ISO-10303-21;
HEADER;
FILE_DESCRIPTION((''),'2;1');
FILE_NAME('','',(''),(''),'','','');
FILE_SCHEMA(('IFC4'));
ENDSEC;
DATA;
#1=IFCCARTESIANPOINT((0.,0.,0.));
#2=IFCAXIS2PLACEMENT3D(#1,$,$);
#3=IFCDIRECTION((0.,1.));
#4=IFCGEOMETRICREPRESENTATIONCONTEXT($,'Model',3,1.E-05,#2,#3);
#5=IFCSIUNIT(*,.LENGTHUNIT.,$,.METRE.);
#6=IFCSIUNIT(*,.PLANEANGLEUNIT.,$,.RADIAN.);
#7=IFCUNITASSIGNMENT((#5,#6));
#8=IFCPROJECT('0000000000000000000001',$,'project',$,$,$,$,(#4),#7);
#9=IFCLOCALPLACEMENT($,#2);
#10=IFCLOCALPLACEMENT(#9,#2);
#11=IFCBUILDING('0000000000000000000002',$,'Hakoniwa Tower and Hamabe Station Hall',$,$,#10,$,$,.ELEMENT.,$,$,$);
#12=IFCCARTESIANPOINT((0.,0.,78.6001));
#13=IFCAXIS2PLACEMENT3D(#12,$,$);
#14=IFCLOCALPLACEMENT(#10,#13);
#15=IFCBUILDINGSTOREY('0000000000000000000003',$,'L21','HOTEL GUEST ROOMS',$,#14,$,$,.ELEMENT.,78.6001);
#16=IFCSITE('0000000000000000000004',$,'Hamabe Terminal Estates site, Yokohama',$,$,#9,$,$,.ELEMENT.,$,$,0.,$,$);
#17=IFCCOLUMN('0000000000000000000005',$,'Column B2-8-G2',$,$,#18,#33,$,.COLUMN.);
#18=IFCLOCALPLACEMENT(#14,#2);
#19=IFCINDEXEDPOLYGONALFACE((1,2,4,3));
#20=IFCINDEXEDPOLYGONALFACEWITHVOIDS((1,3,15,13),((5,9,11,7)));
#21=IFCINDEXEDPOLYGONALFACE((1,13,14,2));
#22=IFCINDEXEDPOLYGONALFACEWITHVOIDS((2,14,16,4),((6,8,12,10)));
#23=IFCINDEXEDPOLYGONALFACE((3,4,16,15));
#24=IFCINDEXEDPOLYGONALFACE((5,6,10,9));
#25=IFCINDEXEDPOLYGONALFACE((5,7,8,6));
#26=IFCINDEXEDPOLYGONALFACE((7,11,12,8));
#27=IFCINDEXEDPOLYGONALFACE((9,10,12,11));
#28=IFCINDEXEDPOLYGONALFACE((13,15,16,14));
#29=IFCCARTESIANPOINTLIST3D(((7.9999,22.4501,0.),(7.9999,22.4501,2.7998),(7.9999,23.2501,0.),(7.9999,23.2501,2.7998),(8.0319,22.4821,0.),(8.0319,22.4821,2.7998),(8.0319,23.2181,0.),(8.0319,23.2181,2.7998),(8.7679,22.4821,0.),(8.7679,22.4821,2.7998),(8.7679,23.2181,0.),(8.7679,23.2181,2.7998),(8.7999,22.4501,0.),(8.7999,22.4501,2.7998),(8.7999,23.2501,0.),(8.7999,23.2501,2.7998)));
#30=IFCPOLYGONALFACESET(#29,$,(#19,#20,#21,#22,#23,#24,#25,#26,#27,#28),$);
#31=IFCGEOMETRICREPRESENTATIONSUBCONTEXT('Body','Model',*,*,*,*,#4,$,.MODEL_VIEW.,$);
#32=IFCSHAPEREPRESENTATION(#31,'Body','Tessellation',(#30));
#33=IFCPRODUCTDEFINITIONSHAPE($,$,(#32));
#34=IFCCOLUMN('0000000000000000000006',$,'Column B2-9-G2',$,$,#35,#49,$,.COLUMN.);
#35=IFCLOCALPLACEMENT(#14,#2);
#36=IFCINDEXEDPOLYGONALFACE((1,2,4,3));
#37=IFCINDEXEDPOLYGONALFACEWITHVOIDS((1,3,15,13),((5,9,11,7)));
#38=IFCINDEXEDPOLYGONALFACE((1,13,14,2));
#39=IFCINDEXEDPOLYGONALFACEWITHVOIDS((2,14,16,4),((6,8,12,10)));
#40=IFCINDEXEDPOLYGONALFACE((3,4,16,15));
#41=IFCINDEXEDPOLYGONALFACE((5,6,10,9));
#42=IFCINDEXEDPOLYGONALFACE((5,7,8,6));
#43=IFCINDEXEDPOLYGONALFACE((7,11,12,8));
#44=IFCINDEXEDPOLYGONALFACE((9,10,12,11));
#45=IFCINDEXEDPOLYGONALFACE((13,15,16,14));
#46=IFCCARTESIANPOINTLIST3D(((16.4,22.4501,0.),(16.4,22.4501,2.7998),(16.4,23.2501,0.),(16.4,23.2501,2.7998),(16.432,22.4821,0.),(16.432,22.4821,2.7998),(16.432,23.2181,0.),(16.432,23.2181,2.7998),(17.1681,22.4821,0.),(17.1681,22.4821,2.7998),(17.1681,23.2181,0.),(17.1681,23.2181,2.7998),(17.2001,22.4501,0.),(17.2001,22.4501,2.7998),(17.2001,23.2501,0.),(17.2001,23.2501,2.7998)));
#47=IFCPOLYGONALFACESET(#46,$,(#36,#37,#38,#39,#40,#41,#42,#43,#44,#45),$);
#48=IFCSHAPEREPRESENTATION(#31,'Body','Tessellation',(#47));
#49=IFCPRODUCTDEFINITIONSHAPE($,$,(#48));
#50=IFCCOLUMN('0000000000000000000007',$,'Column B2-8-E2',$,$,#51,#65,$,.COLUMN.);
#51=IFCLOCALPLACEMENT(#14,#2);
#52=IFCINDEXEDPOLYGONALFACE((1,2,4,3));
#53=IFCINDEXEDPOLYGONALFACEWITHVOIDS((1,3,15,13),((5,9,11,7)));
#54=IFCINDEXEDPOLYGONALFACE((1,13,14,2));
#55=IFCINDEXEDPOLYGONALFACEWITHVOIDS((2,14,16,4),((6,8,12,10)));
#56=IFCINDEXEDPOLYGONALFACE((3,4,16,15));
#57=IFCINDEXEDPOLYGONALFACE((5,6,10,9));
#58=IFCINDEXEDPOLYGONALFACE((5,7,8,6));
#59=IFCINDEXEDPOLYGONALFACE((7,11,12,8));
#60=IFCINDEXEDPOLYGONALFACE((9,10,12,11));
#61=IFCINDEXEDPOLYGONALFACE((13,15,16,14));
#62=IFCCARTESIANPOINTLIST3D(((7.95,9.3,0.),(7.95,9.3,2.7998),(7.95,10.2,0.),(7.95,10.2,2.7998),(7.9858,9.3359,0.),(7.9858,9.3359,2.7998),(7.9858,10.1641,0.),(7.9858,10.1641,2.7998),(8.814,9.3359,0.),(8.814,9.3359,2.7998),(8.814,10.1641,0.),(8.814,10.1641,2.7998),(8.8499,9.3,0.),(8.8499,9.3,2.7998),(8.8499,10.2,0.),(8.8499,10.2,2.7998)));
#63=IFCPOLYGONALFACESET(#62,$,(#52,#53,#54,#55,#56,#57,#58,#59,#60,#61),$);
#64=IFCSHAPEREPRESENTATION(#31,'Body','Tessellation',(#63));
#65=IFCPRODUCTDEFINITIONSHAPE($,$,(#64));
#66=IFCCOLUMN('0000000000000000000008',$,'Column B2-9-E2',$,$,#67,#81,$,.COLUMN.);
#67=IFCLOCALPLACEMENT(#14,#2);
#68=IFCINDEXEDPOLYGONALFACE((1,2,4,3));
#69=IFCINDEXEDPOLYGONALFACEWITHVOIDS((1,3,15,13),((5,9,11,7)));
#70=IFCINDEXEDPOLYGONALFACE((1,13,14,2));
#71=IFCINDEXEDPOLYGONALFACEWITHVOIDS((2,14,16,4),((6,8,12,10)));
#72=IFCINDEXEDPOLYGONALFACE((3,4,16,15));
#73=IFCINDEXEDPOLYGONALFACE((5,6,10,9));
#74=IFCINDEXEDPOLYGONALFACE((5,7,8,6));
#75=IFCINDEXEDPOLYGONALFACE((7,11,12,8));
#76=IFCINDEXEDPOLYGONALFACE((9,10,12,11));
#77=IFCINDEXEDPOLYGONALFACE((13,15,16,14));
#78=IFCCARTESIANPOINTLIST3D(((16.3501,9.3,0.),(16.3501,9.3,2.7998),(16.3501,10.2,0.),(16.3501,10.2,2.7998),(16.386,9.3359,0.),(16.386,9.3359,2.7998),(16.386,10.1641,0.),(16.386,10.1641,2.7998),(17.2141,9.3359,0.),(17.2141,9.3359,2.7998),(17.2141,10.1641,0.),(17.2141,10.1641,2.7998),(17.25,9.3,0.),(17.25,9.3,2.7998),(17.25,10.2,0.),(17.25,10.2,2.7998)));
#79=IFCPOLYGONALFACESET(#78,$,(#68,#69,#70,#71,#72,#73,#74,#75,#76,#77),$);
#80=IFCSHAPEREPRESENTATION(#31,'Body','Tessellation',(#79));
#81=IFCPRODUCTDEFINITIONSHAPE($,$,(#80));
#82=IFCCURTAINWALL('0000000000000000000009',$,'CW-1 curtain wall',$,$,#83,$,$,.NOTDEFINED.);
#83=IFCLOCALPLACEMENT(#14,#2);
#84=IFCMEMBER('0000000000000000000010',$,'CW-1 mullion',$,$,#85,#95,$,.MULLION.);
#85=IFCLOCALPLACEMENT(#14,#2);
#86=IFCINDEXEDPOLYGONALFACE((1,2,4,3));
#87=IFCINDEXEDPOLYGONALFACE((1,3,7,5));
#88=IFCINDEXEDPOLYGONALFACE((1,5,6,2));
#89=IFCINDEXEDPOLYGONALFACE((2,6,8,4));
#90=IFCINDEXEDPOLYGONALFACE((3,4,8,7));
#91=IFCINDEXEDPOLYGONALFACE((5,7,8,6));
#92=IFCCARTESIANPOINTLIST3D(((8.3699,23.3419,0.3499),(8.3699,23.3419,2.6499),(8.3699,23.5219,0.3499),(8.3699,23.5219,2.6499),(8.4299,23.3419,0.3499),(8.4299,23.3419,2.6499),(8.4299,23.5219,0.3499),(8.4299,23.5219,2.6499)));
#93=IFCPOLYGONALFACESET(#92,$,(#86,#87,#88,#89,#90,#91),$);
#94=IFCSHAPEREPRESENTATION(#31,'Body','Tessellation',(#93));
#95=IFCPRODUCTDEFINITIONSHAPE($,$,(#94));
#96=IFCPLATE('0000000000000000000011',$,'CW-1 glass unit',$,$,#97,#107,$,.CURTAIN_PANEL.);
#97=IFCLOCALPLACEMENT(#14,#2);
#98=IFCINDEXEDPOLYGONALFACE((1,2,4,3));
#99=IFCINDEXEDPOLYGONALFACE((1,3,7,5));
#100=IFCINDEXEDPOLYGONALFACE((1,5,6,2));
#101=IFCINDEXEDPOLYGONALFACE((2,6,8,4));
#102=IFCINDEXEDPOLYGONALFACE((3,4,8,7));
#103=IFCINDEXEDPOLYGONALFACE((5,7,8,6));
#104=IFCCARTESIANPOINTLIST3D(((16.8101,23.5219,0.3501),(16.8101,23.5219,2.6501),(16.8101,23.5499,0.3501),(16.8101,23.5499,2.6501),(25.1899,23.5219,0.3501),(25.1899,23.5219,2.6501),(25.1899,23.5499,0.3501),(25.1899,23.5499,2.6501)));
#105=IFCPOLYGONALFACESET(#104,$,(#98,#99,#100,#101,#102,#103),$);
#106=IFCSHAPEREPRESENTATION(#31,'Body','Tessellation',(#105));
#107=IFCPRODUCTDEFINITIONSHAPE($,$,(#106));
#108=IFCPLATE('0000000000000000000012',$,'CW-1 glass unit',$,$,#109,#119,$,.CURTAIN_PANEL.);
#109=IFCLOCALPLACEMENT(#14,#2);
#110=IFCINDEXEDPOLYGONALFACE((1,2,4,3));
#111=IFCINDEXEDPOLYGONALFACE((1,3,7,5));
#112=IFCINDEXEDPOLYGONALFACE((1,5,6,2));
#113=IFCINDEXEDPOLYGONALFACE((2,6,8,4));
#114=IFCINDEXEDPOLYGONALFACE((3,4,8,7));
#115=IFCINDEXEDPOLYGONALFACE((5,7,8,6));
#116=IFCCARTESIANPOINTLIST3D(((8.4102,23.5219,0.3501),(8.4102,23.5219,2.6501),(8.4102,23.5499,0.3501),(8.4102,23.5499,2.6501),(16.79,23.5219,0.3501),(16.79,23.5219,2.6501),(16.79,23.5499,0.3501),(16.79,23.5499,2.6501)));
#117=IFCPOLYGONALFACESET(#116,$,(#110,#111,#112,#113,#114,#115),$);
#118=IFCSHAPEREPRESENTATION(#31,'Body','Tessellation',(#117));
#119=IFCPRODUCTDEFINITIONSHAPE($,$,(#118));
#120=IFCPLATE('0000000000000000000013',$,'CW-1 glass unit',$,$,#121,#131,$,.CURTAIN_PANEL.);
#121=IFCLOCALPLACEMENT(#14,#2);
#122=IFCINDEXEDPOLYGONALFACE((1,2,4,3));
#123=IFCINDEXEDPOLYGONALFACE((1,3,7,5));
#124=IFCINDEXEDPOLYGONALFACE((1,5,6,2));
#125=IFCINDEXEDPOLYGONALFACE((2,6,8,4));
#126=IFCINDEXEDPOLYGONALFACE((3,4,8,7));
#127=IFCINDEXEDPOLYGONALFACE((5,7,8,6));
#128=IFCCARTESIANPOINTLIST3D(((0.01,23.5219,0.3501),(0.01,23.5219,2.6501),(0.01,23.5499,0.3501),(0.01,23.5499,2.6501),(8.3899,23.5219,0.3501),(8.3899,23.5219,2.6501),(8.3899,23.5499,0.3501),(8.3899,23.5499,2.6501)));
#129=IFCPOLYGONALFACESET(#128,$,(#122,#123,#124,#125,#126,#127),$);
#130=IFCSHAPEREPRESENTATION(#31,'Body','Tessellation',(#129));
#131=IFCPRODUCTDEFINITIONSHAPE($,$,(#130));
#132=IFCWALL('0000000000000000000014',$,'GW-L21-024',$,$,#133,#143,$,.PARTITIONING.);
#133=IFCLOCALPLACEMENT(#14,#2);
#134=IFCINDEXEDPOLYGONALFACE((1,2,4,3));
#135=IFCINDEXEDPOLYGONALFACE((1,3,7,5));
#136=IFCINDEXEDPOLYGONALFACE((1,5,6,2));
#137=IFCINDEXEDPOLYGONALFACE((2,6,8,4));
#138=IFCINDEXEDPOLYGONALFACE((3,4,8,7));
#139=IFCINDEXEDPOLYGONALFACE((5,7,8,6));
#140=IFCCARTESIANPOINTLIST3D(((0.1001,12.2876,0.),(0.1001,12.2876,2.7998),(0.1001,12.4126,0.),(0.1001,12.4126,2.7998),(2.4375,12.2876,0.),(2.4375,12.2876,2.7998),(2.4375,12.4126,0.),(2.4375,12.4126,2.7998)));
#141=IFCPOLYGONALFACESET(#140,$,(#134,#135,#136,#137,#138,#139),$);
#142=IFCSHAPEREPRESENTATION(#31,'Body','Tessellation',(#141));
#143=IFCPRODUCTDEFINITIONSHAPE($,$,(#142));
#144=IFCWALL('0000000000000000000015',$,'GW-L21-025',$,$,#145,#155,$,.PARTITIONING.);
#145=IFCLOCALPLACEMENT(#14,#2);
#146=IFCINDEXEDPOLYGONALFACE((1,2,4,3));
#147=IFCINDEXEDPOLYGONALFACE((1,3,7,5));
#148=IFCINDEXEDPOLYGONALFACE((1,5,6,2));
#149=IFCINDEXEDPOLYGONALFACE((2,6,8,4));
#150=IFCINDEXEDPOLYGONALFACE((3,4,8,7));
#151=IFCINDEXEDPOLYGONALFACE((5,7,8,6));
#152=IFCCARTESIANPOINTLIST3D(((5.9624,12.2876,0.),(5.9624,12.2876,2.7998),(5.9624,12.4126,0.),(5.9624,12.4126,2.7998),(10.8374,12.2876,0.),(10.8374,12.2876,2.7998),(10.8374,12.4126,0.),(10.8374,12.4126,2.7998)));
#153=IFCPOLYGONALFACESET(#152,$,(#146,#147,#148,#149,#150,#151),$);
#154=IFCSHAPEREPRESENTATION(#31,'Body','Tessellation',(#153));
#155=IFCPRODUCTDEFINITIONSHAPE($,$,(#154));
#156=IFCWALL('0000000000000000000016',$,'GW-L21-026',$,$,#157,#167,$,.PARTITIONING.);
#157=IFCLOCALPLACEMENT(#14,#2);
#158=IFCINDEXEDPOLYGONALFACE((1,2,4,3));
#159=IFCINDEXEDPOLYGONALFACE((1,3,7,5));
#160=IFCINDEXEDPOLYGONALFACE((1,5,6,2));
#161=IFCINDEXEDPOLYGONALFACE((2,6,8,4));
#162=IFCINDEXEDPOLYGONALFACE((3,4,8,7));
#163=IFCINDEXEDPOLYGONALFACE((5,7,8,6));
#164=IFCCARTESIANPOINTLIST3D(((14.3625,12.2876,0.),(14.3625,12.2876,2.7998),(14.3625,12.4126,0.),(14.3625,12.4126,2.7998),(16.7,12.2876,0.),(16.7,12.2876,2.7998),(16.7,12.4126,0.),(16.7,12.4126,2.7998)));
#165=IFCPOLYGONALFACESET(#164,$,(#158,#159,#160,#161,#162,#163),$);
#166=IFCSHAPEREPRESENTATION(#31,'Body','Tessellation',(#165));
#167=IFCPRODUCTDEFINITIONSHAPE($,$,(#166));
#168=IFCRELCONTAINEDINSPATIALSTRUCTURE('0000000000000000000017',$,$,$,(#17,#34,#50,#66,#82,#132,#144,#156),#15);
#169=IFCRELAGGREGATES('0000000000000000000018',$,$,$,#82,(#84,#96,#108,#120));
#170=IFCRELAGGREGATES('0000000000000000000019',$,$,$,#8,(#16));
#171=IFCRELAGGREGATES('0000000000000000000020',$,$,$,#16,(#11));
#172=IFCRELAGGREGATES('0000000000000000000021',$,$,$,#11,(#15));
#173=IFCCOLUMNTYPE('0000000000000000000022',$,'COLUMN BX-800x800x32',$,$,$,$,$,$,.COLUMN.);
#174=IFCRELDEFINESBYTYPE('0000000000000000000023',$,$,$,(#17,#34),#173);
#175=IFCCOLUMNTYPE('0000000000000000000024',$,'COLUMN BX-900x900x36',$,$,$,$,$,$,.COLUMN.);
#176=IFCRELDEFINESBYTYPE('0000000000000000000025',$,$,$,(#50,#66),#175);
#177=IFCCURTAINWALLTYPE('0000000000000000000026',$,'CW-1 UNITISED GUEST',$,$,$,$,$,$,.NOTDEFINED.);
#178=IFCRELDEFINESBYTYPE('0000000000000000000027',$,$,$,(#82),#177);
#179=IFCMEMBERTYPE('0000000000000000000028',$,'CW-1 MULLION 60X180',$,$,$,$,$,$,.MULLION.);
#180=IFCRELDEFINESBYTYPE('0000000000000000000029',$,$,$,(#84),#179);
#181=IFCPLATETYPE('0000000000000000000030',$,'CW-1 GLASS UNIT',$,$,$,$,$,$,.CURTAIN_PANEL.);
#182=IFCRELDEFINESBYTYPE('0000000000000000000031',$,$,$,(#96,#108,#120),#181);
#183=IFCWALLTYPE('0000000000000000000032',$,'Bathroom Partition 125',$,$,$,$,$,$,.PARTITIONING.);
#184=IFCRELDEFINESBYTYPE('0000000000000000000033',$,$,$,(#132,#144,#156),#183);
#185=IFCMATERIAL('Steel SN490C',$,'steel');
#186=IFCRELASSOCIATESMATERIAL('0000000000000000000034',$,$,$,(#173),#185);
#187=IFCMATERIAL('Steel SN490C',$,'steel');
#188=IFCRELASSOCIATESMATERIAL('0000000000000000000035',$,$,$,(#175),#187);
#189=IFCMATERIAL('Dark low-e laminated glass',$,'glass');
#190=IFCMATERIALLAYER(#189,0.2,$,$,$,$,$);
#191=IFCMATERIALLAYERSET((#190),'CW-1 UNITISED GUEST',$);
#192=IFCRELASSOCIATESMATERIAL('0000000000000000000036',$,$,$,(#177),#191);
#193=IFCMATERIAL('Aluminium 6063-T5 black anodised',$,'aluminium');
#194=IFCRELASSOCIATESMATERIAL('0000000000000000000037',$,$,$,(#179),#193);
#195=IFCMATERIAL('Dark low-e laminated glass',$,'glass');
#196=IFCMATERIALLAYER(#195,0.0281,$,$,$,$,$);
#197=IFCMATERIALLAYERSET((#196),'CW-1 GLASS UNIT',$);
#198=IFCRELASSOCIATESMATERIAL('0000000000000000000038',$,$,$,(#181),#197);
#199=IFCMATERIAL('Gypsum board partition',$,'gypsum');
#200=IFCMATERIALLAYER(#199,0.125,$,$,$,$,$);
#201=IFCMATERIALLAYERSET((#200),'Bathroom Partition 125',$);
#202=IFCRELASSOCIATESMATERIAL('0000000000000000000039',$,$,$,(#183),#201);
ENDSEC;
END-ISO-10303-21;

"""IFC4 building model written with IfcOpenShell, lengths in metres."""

from ifc_helpers import new_model, si_unit, direction, frame, frame_2d, origin, origin_2d, place, context, subcontext, project, spatial, rectangle, hollow_rectangle, extrude, material, layer, layer_set, material_profile, profile_set, type_object, element, aggregate, save


model = new_model("IFC4")

# Units and contexts
model_context = context("Model", 3, precision=1e-05, world=origin(), true_north=direction((0.0, 1.0)))
body_context = subcontext(model_context, "Body", "Model", "MODEL_VIEW")
ifc_project = project(units=[si_unit("LENGTHUNIT", "METRE"), si_unit("PLANEANGLEUNIT", "RADIAN")], contexts=[model_context])

# Site, building, storey
site_placement = place(None, origin())
site = spatial("IfcSite", under=ifc_project, at=site_placement, Name="Hamabe Terminal Estates site, Yokohama", CompositionType="ELEMENT", RefElevation=0.0)
building_placement = place(site_placement, origin())
building = spatial("IfcBuilding", under=site, at=building_placement, Name="Hakoniwa Tower and Hamabe Station Hall", CompositionType="ELEMENT")
storey_placement = place(building_placement, frame((0.0, 0.0, 78.6001)))
storey = spatial("IfcBuildingStorey", under=building, at=storey_placement, Name="L21", Description="HOTEL GUEST ROOMS", CompositionType="ELEMENT", Elevation=78.6001)

# Columns
ifc_material_1 = material(Name="Steel SN490C", Category="steel")
ifc_material_profile_1 = material_profile(ifc_material_1, hollow_rectangle(XDim=0.8, YDim=0.8, WallThickness=0.032, at=origin_2d()), Name="BX-800x800x32")
ifc_profile_set_1 = profile_set([ifc_material_profile_1], Name="Steel SN490C")
column_type_1 = type_object("IfcColumnType", Name="COLUMN BX-800x800x32", PredefinedType="COLUMN", material=ifc_profile_set_1)
for number, where, z_axis, x_axis, name in (
    (1, (8.3999, 22.8501, 0.0), (0.0, 0.0, 1.0), (1.0, 0.0, 0.0), "Column B2-8-G2"),
    (2, (16.8, 22.8501, 0.0), (0.0, 0.0, 1.0), (1.0, 0.0, 0.0), "Column B2-9-G2"),
):
    element("IfcColumn", number, at=place(storey_placement, frame(where, z_axis=z_axis, x_axis=x_axis)), inside=storey, type_object=column_type_1, Name=name, PredefinedType="COLUMN", context=body_context, shape_type="SweptSolid", body=[
        extrude(hollow_rectangle(XDim=0.8, YDim=0.8, WallThickness=0.032, at=origin_2d()), origin(), (0.0, 0.0, 1.0), 2.7998),
    ])
ifc_material_2 = material(Name="Steel SN490C", Category="steel")
ifc_material_profile_2 = material_profile(ifc_material_2, hollow_rectangle(XDim=0.8999, YDim=0.8999, WallThickness=0.0359, at=origin_2d()), Name="BX-900x900x36")
ifc_profile_set_2 = profile_set([ifc_material_profile_2], Name="Steel SN490C")
column_type_2 = type_object("IfcColumnType", Name="COLUMN BX-900x900x36", PredefinedType="COLUMN", material=ifc_profile_set_2)
for number, where, z_axis, x_axis, name in (
    (3, (8.3999, 9.75, 0.0), (0.0, 0.0, 1.0), (1.0, 0.0, 0.0), "Column B2-8-E2"),
    (4, (16.8, 9.75, 0.0), (0.0, 0.0, 1.0), (1.0, 0.0, 0.0), "Column B2-9-E2"),
):
    element("IfcColumn", number, at=place(storey_placement, frame(where, z_axis=z_axis, x_axis=x_axis)), inside=storey, type_object=column_type_2, Name=name, PredefinedType="COLUMN", context=body_context, shape_type="SweptSolid", body=[
        extrude(hollow_rectangle(XDim=0.8999, YDim=0.8999, WallThickness=0.0359, at=origin_2d()), origin(), (0.0, 0.0, 1.0), 2.7998),
    ])

# Curtain wall, member, plates
ifc_material_3 = material(Name="Dark low-e laminated glass", Category="glass")
ifc_layer_1 = layer(ifc_material_3, 0.2)
ifc_layer_set_1 = layer_set([ifc_layer_1], Name="CW-1 UNITISED GUEST")
curtain_wall_type = type_object("IfcCurtainWallType", Name="CW-1 UNITISED GUEST", PredefinedType="NOTDEFINED", material=ifc_layer_set_1)
curtain_wall_placement = place(storey_placement, origin())
curtain_wall = element("IfcCurtainWall", 5, at=curtain_wall_placement, inside=storey, type_object=curtain_wall_type, Name="CW-1 curtain wall", PredefinedType="NOTDEFINED")
ifc_material_4 = material(Name="Aluminium 6063-T5 black anodised", Category="aluminium")
ifc_material_profile_3 = material_profile(ifc_material_4, rectangle(XDim=0.0601, YDim=0.1799, at=origin_2d()), Name="CW-1 MULLION 60X180")
ifc_profile_set_3 = profile_set([ifc_material_profile_3], Name="Aluminium 6063-T5 black anodised")
member_type = type_object("IfcMemberType", Name="CW-1 MULLION 60X180", PredefinedType="MULLION", material=ifc_profile_set_3)
member_placement = place(storey_placement, frame((8.3999, 23.4319, 0.3499), z_axis=(0.0, 0.0, 1.0), x_axis=(-1.0, 0.0, 0.0)))
member = element("IfcMember", 6, at=member_placement, type_object=member_type, Name="CW-1 mullion", PredefinedType="MULLION", context=body_context, shape_type="SweptSolid", body=[
    extrude(rectangle(XDim=0.0601, YDim=0.1799, at=origin_2d()), origin(), (0.0, 0.0, 1.0), 2.3),
])
ifc_material_5 = material(Name="Dark low-e laminated glass", Category="glass")
ifc_layer_2 = layer(ifc_material_5, 0.0281)
ifc_layer_set_2 = layer_set([ifc_layer_2], Name="CW-1 GLASS UNIT")
plate_type = type_object("IfcPlateType", Name="CW-1 GLASS UNIT", PredefinedType="CURTAIN_PANEL", material=ifc_layer_set_2)
plate_1_placement = place(storey_placement, frame((21.0, 23.5359, 0.3501), z_axis=(0.0, 0.0, 1.0), x_axis=(-1.0, 0.0, 0.0)))
plate_1 = element("IfcPlate", 7, at=plate_1_placement, type_object=plate_type, Name="CW-1 glass unit", PredefinedType="CURTAIN_PANEL", context=body_context, shape_type="SweptSolid", body=[
    extrude(rectangle(XDim=8.3799, YDim=0.0281, at=origin_2d()), origin(), (0.0, 0.0, 1.0), 2.3),
])
plate_2_placement = place(storey_placement, frame((12.6001, 23.5359, 0.3501), z_axis=(0.0, 0.0, 1.0), x_axis=(-1.0, 0.0, 0.0)))
plate_2 = element("IfcPlate", 8, at=plate_2_placement, type_object=plate_type, Name="CW-1 glass unit", PredefinedType="CURTAIN_PANEL", context=body_context, shape_type="SweptSolid", body=[
    extrude(rectangle(XDim=8.3799, YDim=0.0281, at=origin_2d()), origin(), (0.0, 0.0, 1.0), 2.3),
])
plate_3_placement = place(storey_placement, frame((4.2, 23.5359, 0.3501), z_axis=(0.0, 0.0, 1.0), x_axis=(-1.0, 0.0, 0.0)))
plate_3 = element("IfcPlate", 9, at=plate_3_placement, type_object=plate_type, Name="CW-1 glass unit", PredefinedType="CURTAIN_PANEL", context=body_context, shape_type="SweptSolid", body=[
    extrude(rectangle(XDim=8.3799, YDim=0.0281, at=origin_2d()), origin(), (0.0, 0.0, 1.0), 2.3),
])
aggregate(curtain_wall, [member, plate_1, plate_2, plate_3])

# Walls
ifc_material_6 = material(Name="Gypsum board partition", Category="gypsum")
ifc_layer_3 = layer(ifc_material_6, 0.125)
ifc_layer_set_3 = layer_set([ifc_layer_3], Name="Bathroom Partition 125")
wall_type_1 = type_object("IfcWallType", Name="Bathroom Partition 125", PredefinedType="PARTITIONING", material=ifc_layer_set_3)
wall_1_placement = place(storey_placement, frame((0.1001, 12.3501, 0.0), z_axis=(0.0, 0.0, 1.0), x_axis=(1.0, 0.0, 0.0)))
element("IfcWall", 10, at=wall_1_placement, inside=storey, type_object=wall_type_1, Name="GW-L21-024", PredefinedType="PARTITIONING", context=body_context, shape_type="SweptSolid", body=[
    extrude(rectangle(XDim=2.3374, YDim=0.125, at=frame_2d((1.1687, 0.0))), origin(), (0.0, 0.0, 1.0), 2.7998),
])
wall_2_placement = place(storey_placement, frame((5.9624, 12.3501, 0.0), z_axis=(0.0, 0.0, 1.0), x_axis=(1.0, 0.0, 0.0)))
element("IfcWall", 11, at=wall_2_placement, inside=storey, type_object=wall_type_1, Name="GW-L21-025", PredefinedType="PARTITIONING", context=body_context, shape_type="SweptSolid", body=[
    extrude(rectangle(XDim=4.875, YDim=0.125, at=frame_2d((2.4375, 0.0))), origin(), (0.0, 0.0, 1.0), 2.7998),
])
wall_3_placement = place(storey_placement, frame((14.3625, 12.3501, 0.0), z_axis=(0.0, 0.0, 1.0), x_axis=(1.0, 0.0, 0.0)))
element("IfcWall", 12, at=wall_3_placement, inside=storey, type_object=wall_type_1, Name="GW-L21-026", PredefinedType="PARTITIONING", context=body_context, shape_type="SweptSolid", body=[
    extrude(rectangle(XDim=2.3374, YDim=0.125, at=frame_2d((1.1687, 0.0))), origin(), (0.0, 0.0, 1.0), 2.7998),
])

save(model, "model.ifc")
